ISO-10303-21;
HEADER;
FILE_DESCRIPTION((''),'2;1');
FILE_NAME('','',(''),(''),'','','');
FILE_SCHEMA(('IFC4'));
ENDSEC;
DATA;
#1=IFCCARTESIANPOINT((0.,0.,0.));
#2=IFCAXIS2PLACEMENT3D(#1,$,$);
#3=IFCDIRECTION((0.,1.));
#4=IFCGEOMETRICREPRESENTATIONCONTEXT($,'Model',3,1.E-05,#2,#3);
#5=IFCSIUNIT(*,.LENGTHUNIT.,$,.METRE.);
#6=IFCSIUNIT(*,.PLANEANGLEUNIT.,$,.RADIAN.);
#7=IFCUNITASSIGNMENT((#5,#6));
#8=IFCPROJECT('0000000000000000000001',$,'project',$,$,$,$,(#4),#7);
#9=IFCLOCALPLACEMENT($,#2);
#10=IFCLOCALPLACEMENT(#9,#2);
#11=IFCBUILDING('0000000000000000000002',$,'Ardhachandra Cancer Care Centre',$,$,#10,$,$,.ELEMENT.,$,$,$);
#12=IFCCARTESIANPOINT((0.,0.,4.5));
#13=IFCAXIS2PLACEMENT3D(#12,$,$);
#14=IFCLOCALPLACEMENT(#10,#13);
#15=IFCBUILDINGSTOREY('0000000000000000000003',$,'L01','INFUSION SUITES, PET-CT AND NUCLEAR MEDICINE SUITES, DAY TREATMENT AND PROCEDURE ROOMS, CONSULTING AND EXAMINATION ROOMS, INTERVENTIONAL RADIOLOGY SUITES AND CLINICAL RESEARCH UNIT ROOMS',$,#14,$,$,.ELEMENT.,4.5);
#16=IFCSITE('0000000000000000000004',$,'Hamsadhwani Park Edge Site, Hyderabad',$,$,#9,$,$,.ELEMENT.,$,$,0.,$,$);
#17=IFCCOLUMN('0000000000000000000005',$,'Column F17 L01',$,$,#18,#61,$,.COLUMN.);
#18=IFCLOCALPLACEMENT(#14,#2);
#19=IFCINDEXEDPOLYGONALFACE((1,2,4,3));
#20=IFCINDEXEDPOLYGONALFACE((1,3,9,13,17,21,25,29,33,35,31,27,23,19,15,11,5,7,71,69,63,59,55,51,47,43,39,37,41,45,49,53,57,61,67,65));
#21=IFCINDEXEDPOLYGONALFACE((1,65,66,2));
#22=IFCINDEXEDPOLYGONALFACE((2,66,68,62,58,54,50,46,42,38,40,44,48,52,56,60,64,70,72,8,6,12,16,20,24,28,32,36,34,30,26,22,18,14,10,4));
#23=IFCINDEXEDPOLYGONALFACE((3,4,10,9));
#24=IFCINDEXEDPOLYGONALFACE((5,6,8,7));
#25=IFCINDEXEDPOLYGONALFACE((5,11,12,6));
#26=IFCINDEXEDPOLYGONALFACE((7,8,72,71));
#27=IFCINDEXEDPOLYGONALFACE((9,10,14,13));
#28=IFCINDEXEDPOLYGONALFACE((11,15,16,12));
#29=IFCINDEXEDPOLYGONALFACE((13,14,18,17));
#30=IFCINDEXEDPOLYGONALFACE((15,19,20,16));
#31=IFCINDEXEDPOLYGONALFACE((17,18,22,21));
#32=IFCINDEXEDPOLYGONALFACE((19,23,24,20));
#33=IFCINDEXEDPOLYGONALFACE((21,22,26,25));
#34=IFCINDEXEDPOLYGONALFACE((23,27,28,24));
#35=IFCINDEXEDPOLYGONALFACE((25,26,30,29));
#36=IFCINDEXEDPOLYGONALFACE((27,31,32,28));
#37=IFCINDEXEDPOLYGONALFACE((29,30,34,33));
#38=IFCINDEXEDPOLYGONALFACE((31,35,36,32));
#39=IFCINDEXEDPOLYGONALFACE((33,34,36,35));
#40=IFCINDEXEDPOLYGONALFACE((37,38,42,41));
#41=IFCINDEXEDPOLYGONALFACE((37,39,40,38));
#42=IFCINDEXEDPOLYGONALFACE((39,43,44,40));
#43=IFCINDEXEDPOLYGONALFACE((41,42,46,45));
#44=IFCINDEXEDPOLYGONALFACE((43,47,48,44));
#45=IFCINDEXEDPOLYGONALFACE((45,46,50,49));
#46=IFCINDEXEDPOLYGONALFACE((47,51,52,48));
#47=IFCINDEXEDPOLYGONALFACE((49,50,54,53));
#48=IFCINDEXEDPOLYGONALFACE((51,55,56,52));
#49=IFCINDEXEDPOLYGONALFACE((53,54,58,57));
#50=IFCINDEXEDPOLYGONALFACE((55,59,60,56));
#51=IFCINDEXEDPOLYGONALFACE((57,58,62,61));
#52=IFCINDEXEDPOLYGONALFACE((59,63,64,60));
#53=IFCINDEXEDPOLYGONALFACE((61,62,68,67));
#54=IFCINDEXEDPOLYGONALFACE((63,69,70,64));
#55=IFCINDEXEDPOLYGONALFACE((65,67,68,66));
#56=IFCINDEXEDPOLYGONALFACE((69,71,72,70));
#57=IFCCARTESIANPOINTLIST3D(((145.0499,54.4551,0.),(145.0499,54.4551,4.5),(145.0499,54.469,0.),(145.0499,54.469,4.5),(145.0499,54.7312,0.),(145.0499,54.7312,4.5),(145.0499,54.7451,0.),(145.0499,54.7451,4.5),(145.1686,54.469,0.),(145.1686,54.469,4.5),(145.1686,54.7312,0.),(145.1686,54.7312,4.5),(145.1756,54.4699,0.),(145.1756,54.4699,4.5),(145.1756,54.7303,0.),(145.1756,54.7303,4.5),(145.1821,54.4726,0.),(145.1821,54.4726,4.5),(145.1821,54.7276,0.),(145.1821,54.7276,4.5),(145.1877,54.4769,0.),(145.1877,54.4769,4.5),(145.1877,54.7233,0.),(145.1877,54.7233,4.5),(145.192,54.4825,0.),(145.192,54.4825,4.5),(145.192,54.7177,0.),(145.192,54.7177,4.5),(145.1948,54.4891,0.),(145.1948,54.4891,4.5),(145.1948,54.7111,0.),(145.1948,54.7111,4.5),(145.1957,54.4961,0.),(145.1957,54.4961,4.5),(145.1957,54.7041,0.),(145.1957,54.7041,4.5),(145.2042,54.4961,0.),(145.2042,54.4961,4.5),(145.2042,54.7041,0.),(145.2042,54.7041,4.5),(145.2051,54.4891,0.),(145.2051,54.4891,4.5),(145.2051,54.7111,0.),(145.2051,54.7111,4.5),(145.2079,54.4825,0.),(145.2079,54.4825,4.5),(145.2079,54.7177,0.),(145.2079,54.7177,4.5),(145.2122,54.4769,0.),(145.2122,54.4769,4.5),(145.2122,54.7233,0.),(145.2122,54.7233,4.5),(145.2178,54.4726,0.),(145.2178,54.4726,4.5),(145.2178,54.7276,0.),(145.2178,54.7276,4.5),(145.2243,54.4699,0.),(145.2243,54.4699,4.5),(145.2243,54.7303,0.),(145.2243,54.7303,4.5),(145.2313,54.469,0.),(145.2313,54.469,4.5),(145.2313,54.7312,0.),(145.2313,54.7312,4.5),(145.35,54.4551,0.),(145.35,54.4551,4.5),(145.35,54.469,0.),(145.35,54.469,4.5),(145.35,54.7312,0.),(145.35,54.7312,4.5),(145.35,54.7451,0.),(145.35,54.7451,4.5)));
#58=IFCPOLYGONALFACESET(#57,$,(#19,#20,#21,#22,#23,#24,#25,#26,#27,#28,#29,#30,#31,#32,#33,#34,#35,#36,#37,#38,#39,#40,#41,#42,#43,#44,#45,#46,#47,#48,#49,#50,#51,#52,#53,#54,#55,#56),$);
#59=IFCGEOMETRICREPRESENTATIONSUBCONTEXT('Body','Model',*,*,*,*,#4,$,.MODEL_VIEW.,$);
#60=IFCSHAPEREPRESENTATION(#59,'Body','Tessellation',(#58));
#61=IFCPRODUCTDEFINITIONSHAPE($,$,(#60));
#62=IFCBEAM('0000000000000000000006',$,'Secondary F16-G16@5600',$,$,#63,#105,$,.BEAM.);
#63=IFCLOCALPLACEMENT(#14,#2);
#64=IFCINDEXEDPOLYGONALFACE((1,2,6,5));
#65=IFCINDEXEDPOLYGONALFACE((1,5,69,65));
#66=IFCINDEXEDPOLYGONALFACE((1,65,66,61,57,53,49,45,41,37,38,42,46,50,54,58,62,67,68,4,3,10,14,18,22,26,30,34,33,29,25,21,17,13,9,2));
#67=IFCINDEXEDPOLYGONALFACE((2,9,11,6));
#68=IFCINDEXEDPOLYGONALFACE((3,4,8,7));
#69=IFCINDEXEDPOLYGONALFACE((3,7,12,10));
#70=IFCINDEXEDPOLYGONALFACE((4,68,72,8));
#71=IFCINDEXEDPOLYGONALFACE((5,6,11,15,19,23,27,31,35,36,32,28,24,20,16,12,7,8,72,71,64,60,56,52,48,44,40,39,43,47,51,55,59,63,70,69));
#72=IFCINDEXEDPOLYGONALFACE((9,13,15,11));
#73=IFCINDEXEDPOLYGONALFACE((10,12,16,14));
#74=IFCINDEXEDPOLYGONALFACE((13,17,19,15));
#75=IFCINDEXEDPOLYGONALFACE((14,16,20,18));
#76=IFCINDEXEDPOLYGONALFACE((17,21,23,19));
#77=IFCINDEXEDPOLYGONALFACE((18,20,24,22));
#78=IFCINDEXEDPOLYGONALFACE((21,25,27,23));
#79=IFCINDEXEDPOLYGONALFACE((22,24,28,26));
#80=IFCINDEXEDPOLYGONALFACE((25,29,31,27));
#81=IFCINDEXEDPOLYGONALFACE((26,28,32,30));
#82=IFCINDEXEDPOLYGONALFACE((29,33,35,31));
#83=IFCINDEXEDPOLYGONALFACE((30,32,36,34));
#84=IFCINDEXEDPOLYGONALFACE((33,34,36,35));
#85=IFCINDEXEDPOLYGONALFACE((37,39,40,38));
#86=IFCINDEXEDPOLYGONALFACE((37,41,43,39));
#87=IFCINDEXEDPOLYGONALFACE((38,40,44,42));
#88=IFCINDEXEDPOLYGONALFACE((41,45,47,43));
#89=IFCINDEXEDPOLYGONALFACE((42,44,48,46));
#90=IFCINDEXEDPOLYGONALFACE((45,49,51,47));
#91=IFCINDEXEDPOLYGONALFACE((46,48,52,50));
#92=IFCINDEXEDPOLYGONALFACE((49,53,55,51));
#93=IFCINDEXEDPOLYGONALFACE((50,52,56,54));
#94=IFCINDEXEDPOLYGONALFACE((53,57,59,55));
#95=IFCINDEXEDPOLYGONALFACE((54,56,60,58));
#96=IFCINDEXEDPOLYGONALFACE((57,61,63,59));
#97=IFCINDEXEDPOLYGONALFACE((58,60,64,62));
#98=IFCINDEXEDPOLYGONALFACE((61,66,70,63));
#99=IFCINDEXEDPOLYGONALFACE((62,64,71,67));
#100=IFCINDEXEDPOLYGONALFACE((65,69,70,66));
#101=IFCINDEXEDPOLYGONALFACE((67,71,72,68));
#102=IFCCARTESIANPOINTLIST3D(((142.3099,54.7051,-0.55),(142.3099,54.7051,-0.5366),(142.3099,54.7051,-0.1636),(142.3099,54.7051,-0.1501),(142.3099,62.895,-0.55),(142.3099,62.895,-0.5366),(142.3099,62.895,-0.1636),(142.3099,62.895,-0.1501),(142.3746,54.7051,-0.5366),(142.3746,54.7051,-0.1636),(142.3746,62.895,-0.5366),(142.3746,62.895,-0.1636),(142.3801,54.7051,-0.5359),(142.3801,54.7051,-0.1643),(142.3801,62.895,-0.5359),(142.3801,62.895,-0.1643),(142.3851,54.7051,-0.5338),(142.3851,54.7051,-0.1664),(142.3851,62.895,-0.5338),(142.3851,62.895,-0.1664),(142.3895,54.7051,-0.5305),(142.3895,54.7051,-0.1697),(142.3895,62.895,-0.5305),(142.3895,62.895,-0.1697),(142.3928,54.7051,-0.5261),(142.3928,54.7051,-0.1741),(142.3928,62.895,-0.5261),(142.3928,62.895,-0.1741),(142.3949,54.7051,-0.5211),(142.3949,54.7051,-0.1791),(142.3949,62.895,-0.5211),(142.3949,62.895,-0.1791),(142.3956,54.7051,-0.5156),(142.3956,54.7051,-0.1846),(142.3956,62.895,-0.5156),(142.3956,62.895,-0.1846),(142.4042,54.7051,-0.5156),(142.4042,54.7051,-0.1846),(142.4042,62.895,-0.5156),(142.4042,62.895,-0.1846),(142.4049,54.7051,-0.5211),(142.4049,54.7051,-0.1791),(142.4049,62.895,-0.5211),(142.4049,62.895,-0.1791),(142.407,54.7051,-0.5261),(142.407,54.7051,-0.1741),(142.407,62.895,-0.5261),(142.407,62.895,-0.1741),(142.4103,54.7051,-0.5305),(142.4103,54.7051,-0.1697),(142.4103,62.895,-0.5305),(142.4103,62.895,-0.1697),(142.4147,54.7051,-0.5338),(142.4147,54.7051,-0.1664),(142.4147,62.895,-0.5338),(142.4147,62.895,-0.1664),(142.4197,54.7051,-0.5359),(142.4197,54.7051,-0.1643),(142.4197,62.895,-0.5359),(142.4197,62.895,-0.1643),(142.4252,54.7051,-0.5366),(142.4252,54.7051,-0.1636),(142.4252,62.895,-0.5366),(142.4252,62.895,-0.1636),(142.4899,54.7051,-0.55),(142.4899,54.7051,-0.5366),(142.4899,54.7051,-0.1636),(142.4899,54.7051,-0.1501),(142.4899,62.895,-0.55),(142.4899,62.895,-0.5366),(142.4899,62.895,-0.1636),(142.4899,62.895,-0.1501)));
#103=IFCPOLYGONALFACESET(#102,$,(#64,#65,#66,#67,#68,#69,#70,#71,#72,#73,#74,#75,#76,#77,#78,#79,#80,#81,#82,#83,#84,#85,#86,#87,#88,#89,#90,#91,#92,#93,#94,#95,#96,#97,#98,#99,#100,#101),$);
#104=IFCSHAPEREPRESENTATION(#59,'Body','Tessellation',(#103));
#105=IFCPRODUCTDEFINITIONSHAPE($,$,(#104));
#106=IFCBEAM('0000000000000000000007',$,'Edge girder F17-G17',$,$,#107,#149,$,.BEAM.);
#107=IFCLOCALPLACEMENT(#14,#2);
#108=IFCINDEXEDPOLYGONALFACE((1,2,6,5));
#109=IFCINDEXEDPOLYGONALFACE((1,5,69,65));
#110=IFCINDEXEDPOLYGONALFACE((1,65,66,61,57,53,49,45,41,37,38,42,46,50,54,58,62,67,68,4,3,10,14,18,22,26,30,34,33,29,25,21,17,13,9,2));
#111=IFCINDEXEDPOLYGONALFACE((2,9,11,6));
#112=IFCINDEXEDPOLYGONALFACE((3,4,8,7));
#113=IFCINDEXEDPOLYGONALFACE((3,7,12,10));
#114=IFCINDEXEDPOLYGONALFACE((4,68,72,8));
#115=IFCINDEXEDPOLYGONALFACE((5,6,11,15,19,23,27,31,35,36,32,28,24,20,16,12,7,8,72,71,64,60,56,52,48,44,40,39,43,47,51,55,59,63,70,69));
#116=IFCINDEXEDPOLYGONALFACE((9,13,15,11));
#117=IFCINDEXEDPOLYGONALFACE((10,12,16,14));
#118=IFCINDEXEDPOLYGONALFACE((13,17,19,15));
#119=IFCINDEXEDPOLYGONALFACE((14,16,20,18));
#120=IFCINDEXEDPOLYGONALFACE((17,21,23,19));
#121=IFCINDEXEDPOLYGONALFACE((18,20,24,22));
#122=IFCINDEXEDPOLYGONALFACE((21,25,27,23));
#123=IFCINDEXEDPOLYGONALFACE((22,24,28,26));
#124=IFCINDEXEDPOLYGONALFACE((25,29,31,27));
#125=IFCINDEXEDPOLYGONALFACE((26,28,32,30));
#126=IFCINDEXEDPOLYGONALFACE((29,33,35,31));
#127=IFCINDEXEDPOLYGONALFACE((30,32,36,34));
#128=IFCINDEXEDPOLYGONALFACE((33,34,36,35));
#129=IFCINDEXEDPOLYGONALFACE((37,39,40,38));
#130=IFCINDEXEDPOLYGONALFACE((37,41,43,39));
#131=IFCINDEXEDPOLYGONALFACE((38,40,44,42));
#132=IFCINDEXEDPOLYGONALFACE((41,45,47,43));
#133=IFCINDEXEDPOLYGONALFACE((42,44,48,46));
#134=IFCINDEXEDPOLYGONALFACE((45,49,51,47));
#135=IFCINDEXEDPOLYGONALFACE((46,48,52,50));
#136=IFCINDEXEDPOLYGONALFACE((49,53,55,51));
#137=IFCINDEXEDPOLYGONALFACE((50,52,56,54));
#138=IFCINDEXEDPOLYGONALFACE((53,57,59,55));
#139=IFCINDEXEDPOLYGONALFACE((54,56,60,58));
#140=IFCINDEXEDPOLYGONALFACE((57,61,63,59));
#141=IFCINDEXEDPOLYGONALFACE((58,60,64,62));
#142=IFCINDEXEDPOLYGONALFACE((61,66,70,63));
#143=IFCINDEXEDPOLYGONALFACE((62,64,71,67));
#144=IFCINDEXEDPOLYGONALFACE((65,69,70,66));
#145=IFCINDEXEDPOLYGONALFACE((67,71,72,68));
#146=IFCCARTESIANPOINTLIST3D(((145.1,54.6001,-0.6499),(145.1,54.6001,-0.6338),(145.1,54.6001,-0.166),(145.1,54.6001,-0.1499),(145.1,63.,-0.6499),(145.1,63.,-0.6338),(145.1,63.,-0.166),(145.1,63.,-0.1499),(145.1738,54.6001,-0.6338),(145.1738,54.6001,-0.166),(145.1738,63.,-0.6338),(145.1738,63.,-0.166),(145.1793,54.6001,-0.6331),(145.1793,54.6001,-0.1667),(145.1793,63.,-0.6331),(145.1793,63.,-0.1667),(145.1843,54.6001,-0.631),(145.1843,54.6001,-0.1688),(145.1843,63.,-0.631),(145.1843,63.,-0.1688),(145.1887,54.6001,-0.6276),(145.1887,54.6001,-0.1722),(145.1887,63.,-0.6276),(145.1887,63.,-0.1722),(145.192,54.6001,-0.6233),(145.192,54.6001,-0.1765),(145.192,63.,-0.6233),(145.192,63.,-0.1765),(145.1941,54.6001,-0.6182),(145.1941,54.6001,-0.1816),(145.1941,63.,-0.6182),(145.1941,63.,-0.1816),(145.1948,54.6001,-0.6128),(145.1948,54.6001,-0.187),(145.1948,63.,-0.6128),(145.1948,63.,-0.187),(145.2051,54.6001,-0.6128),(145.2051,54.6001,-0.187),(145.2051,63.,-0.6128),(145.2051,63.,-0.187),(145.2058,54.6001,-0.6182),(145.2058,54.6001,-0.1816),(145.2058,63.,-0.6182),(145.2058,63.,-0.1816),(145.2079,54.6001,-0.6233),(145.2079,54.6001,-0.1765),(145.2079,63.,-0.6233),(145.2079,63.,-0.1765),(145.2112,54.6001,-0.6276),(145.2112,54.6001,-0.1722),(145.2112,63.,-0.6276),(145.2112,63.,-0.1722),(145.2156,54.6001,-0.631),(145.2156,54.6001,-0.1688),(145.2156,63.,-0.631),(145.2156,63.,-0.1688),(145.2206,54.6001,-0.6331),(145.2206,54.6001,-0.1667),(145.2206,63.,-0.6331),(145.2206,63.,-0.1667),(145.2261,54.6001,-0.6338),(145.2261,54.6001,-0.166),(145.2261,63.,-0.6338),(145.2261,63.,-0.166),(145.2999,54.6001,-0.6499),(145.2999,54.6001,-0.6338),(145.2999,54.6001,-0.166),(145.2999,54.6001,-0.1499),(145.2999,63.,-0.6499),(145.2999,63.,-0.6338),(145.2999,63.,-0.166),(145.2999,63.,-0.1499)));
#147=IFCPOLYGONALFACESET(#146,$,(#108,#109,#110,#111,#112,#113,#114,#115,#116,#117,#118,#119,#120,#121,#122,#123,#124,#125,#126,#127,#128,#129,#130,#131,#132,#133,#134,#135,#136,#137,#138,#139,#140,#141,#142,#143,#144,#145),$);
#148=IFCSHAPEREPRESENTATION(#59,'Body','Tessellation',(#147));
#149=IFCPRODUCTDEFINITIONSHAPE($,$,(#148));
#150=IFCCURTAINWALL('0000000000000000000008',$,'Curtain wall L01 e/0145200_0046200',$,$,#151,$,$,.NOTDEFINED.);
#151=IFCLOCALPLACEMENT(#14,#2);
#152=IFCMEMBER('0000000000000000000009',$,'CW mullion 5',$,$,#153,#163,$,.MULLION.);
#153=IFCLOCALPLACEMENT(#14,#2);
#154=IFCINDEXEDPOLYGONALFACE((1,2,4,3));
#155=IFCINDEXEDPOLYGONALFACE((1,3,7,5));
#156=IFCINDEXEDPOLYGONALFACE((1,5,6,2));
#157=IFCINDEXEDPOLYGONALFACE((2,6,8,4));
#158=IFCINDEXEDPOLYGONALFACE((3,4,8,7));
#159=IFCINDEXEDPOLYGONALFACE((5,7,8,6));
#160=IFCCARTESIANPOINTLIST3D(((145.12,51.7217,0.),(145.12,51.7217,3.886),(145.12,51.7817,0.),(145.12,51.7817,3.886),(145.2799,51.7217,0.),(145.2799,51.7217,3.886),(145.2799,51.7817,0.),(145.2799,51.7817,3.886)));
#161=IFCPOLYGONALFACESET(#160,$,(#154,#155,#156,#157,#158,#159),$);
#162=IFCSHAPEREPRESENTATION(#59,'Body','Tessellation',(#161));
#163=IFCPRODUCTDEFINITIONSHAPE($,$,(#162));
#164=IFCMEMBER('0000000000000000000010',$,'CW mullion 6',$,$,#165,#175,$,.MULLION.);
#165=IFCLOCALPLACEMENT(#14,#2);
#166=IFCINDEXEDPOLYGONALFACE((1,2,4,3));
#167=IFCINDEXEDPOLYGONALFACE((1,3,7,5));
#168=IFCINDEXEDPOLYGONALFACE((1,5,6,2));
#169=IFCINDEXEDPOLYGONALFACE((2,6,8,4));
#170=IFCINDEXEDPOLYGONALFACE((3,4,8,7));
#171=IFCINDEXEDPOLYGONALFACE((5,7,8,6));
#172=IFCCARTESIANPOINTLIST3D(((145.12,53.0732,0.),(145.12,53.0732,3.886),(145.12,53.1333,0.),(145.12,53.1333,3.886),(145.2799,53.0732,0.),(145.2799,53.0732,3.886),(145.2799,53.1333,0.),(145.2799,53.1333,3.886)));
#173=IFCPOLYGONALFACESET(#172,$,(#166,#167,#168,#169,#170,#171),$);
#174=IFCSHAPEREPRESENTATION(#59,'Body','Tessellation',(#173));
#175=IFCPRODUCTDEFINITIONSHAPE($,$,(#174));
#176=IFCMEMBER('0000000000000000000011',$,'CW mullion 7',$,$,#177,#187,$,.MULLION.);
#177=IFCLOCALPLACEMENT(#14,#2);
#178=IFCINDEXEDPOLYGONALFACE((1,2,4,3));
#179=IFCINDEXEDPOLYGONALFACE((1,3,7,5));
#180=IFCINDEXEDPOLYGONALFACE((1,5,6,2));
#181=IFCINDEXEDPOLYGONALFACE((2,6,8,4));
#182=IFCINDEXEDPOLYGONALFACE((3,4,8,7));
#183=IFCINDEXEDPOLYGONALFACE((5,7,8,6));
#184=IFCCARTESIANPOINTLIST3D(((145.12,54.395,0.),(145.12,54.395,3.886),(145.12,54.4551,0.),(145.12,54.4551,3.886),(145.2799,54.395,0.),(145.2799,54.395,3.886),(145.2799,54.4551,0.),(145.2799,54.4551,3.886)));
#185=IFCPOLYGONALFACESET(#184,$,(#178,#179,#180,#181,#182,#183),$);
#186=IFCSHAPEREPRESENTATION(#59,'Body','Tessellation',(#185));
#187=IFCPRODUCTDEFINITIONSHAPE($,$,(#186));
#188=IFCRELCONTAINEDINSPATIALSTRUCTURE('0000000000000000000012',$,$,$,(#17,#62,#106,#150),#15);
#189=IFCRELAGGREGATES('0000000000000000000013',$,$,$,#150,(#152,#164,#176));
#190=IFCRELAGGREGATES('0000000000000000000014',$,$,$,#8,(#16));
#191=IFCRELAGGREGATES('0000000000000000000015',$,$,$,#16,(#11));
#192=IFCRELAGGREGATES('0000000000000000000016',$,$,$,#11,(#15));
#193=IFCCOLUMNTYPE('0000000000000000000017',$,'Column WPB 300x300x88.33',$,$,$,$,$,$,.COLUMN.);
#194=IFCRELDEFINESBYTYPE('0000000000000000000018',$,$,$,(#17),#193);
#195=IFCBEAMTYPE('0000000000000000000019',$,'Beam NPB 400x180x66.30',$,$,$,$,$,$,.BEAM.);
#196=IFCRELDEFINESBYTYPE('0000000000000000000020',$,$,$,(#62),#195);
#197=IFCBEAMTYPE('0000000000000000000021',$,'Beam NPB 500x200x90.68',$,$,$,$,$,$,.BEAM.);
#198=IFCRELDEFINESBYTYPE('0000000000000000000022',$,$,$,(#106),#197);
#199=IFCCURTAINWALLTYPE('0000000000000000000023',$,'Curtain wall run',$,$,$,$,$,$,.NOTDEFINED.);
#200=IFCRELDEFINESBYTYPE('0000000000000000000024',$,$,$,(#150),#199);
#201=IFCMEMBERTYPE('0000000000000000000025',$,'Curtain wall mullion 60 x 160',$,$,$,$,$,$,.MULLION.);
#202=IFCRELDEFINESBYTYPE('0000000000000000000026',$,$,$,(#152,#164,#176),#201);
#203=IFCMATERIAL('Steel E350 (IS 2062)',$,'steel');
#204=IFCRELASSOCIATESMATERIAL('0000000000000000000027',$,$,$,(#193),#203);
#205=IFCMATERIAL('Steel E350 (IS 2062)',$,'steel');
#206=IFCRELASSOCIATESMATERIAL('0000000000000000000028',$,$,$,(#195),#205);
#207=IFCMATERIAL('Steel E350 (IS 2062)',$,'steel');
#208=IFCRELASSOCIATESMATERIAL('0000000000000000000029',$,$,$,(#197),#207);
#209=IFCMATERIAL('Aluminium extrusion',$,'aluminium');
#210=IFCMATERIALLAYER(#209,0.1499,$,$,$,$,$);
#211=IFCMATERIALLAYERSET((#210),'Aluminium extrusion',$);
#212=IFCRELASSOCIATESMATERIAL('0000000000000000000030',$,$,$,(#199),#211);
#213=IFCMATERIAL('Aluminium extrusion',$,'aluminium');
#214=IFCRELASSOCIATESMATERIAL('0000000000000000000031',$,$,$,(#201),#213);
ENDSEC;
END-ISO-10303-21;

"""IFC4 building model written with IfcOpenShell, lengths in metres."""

from ifc_helpers import new_model, si_unit, direction, frame, origin, origin_2d, place, context, subcontext, project, spatial, rectangle, i_section, extrude, material, layer, layer_set, material_profile, profile_set, type_object, element, aggregate, save


model = new_model("IFC4")

# Units and contexts
model_context = context("Model", 3, precision=1e-05, world=origin(), true_north=direction((0.0, 1.0)))
body_context = subcontext(model_context, "Body", "Model", "MODEL_VIEW")
ifc_project = project(units=[si_unit("LENGTHUNIT", "METRE"), si_unit("PLANEANGLEUNIT", "RADIAN")], contexts=[model_context])

# Site, building, storey
site_placement = place(None, origin())
site = spatial("IfcSite", under=ifc_project, at=site_placement, Name="Hamsadhwani Park Edge Site, Hyderabad", CompositionType="ELEMENT", RefElevation=0.0)
building_placement = place(site_placement, origin())
building = spatial("IfcBuilding", under=site, at=building_placement, Name="Ardhachandra Cancer Care Centre", CompositionType="ELEMENT")
storey_placement = place(building_placement, frame((0.0, 0.0, 4.5)))
storey = spatial("IfcBuildingStorey", under=building, at=storey_placement, Name="L01", Description="INFUSION SUITES, PET-CT AND NUCLEAR MEDICINE SUITES, DAY TREATMENT AND PROCEDURE ROOMS, CONSULTING AND EXAMINATION ROOMS, INTERVENTIONAL RADIOLOGY SUITES AND CLINICAL RESEARCH UNIT ROOMS", CompositionType="ELEMENT", Elevation=4.5)

# Column
ifc_material_1 = material(Name="Steel E350 (IS 2062)", Category="steel")
ifc_material_profile_1 = material_profile(ifc_material_1, i_section(OverallWidth=0.3, OverallDepth=0.29, WebThickness=0.0085, FlangeThickness=0.0139, FilletRadius=0.0271, at=origin_2d()), Name="WPB 300x300x88.33")
ifc_profile_set_1 = profile_set([ifc_material_profile_1], Name="Steel E350 (IS 2062)")
column_type = type_object("IfcColumnType", Name="Column WPB 300x300x88.33", PredefinedType="COLUMN", material=ifc_profile_set_1)
column_placement = place(storey_placement, frame((145.2, 54.6001, 0.0), z_axis=(0.0, 0.0, 1.0), x_axis=(1.0, 0.0, 0.0)))
element("IfcColumn", 1, at=column_placement, inside=storey, type_object=column_type, Name="Column F17 L01", PredefinedType="COLUMN", context=body_context, shape_type="SweptSolid", body=[
    extrude(i_section(OverallWidth=0.3, OverallDepth=0.29, WebThickness=0.0085, FlangeThickness=0.0139, FilletRadius=0.0271, at=origin_2d()), origin(), (0.0, 0.0, 1.0), 4.5),
])

# Beams
ifc_material_2 = material(Name="Steel E350 (IS 2062)", Category="steel")
ifc_material_profile_2 = material_profile(ifc_material_2, i_section(OverallWidth=0.1799, OverallDepth=0.3999, WebThickness=0.0085, FlangeThickness=0.0134, FilletRadius=0.021, at=origin_2d()), Name="NPB 400x180x66.30")
ifc_profile_set_2 = profile_set([ifc_material_profile_2], Name="Steel E350 (IS 2062)")
beam_type_1 = type_object("IfcBeamType", Name="Beam NPB 400x180x66.30", PredefinedType="BEAM", material=ifc_profile_set_2)
beam_1_placement = place(storey_placement, frame((142.3999, 54.7051, -0.3501), z_axis=(0.0, 1.0, 0.0), x_axis=(-1.0, 0.0, 0.0)))
element("IfcBeam", 2, at=beam_1_placement, inside=storey, type_object=beam_type_1, Name="Secondary F16-G16@5600", PredefinedType="BEAM", context=body_context, shape_type="SweptSolid", body=[
    extrude(i_section(OverallWidth=0.1799, OverallDepth=0.3999, WebThickness=0.0085, FlangeThickness=0.0134, FilletRadius=0.021, at=origin_2d()), origin(), (0.0, 0.0, 1.0), 8.1899),
])
ifc_material_3 = material(Name="Steel E350 (IS 2062)", Category="steel")
ifc_material_profile_3 = material_profile(ifc_material_3, i_section(OverallWidth=0.2, OverallDepth=0.5, WebThickness=0.0103, FlangeThickness=0.0161, FilletRadius=0.021, at=origin_2d()), Name="NPB 500x200x90.68")
ifc_profile_set_3 = profile_set([ifc_material_profile_3], Name="Steel E350 (IS 2062)")
beam_type_2 = type_object("IfcBeamType", Name="Beam NPB 500x200x90.68", PredefinedType="BEAM", material=ifc_profile_set_3)
beam_2_placement = place(storey_placement, frame((145.2, 54.6001, -0.3999), z_axis=(0.0, 1.0, 0.0), x_axis=(-1.0, 0.0, 0.0)))
element("IfcBeam", 3, at=beam_2_placement, inside=storey, type_object=beam_type_2, Name="Edge girder F17-G17", PredefinedType="BEAM", context=body_context, shape_type="SweptSolid", body=[
    extrude(i_section(OverallWidth=0.2, OverallDepth=0.5, WebThickness=0.0103, FlangeThickness=0.0161, FilletRadius=0.021, at=origin_2d()), origin(), (0.0, 0.0, 1.0), 8.3999),
])

# Curtain wall, members
ifc_material_4 = material(Name="Aluminium extrusion", Category="aluminium")
ifc_layer_1 = layer(ifc_material_4, 0.1499)
ifc_layer_set_1 = layer_set([ifc_layer_1], Name="Aluminium extrusion")
curtain_wall_type = type_object("IfcCurtainWallType", Name="Curtain wall run", PredefinedType="NOTDEFINED", material=ifc_layer_set_1)
curtain_wall_1_placement = place(storey_placement, origin())
curtain_wall_1 = element("IfcCurtainWall", 4, at=curtain_wall_1_placement, inside=storey, type_object=curtain_wall_type, Name="Curtain wall L01 e/0145200_0046200", PredefinedType="NOTDEFINED")
ifc_material_5 = material(Name="Aluminium extrusion", Category="aluminium")
ifc_material_profile_4 = material_profile(ifc_material_5, rectangle(XDim=0.1599, YDim=0.0601, at=origin_2d()), Name="Curtain wall mullion 60 x 160")
ifc_profile_set_4 = profile_set([ifc_material_profile_4], Name="Aluminium extrusion")
member_type_1 = type_object("IfcMemberType", Name="Curtain wall mullion 60 x 160", PredefinedType="MULLION", material=ifc_profile_set_4)
member_1_placement = place(storey_placement, frame((145.2, 51.7517, 0.0), z_axis=(0.0, 0.0, 1.0), x_axis=(-1.0, 0.0, 0.0)))
member_1 = element("IfcMember", 5, at=member_1_placement, type_object=member_type_1, Name="CW mullion 5", PredefinedType="MULLION", context=body_context, shape_type="SweptSolid", body=[
    extrude(rectangle(XDim=0.1599, YDim=0.0601, at=origin_2d()), origin(), (0.0, 0.0, 1.0), 3.886),
])
member_2_placement = place(storey_placement, frame((145.2, 53.1033, 0.0), z_axis=(0.0, 0.0, 1.0), x_axis=(-1.0, 0.0, 0.0)))
member_2 = element("IfcMember", 6, at=member_2_placement, type_object=member_type_1, Name="CW mullion 6", PredefinedType="MULLION", context=body_context, shape_type="SweptSolid", body=[
    extrude(rectangle(XDim=0.1599, YDim=0.0601, at=origin_2d()), origin(), (0.0, 0.0, 1.0), 3.886),
])
member_3_placement = place(storey_placement, frame((145.2, 54.425, 0.0), z_axis=(0.0, 0.0, 1.0), x_axis=(-1.0, 0.0, 0.0)))
member_3 = element("IfcMember", 7, at=member_3_placement, type_object=member_type_1, Name="CW mullion 7", PredefinedType="MULLION", context=body_context, shape_type="SweptSolid", body=[
    extrude(rectangle(XDim=0.1599, YDim=0.0601, at=origin_2d()), origin(), (0.0, 0.0, 1.0), 3.886),
])

aggregate(curtain_wall_1, [member_1, member_2, member_3])

save(model, "model.ifc")
